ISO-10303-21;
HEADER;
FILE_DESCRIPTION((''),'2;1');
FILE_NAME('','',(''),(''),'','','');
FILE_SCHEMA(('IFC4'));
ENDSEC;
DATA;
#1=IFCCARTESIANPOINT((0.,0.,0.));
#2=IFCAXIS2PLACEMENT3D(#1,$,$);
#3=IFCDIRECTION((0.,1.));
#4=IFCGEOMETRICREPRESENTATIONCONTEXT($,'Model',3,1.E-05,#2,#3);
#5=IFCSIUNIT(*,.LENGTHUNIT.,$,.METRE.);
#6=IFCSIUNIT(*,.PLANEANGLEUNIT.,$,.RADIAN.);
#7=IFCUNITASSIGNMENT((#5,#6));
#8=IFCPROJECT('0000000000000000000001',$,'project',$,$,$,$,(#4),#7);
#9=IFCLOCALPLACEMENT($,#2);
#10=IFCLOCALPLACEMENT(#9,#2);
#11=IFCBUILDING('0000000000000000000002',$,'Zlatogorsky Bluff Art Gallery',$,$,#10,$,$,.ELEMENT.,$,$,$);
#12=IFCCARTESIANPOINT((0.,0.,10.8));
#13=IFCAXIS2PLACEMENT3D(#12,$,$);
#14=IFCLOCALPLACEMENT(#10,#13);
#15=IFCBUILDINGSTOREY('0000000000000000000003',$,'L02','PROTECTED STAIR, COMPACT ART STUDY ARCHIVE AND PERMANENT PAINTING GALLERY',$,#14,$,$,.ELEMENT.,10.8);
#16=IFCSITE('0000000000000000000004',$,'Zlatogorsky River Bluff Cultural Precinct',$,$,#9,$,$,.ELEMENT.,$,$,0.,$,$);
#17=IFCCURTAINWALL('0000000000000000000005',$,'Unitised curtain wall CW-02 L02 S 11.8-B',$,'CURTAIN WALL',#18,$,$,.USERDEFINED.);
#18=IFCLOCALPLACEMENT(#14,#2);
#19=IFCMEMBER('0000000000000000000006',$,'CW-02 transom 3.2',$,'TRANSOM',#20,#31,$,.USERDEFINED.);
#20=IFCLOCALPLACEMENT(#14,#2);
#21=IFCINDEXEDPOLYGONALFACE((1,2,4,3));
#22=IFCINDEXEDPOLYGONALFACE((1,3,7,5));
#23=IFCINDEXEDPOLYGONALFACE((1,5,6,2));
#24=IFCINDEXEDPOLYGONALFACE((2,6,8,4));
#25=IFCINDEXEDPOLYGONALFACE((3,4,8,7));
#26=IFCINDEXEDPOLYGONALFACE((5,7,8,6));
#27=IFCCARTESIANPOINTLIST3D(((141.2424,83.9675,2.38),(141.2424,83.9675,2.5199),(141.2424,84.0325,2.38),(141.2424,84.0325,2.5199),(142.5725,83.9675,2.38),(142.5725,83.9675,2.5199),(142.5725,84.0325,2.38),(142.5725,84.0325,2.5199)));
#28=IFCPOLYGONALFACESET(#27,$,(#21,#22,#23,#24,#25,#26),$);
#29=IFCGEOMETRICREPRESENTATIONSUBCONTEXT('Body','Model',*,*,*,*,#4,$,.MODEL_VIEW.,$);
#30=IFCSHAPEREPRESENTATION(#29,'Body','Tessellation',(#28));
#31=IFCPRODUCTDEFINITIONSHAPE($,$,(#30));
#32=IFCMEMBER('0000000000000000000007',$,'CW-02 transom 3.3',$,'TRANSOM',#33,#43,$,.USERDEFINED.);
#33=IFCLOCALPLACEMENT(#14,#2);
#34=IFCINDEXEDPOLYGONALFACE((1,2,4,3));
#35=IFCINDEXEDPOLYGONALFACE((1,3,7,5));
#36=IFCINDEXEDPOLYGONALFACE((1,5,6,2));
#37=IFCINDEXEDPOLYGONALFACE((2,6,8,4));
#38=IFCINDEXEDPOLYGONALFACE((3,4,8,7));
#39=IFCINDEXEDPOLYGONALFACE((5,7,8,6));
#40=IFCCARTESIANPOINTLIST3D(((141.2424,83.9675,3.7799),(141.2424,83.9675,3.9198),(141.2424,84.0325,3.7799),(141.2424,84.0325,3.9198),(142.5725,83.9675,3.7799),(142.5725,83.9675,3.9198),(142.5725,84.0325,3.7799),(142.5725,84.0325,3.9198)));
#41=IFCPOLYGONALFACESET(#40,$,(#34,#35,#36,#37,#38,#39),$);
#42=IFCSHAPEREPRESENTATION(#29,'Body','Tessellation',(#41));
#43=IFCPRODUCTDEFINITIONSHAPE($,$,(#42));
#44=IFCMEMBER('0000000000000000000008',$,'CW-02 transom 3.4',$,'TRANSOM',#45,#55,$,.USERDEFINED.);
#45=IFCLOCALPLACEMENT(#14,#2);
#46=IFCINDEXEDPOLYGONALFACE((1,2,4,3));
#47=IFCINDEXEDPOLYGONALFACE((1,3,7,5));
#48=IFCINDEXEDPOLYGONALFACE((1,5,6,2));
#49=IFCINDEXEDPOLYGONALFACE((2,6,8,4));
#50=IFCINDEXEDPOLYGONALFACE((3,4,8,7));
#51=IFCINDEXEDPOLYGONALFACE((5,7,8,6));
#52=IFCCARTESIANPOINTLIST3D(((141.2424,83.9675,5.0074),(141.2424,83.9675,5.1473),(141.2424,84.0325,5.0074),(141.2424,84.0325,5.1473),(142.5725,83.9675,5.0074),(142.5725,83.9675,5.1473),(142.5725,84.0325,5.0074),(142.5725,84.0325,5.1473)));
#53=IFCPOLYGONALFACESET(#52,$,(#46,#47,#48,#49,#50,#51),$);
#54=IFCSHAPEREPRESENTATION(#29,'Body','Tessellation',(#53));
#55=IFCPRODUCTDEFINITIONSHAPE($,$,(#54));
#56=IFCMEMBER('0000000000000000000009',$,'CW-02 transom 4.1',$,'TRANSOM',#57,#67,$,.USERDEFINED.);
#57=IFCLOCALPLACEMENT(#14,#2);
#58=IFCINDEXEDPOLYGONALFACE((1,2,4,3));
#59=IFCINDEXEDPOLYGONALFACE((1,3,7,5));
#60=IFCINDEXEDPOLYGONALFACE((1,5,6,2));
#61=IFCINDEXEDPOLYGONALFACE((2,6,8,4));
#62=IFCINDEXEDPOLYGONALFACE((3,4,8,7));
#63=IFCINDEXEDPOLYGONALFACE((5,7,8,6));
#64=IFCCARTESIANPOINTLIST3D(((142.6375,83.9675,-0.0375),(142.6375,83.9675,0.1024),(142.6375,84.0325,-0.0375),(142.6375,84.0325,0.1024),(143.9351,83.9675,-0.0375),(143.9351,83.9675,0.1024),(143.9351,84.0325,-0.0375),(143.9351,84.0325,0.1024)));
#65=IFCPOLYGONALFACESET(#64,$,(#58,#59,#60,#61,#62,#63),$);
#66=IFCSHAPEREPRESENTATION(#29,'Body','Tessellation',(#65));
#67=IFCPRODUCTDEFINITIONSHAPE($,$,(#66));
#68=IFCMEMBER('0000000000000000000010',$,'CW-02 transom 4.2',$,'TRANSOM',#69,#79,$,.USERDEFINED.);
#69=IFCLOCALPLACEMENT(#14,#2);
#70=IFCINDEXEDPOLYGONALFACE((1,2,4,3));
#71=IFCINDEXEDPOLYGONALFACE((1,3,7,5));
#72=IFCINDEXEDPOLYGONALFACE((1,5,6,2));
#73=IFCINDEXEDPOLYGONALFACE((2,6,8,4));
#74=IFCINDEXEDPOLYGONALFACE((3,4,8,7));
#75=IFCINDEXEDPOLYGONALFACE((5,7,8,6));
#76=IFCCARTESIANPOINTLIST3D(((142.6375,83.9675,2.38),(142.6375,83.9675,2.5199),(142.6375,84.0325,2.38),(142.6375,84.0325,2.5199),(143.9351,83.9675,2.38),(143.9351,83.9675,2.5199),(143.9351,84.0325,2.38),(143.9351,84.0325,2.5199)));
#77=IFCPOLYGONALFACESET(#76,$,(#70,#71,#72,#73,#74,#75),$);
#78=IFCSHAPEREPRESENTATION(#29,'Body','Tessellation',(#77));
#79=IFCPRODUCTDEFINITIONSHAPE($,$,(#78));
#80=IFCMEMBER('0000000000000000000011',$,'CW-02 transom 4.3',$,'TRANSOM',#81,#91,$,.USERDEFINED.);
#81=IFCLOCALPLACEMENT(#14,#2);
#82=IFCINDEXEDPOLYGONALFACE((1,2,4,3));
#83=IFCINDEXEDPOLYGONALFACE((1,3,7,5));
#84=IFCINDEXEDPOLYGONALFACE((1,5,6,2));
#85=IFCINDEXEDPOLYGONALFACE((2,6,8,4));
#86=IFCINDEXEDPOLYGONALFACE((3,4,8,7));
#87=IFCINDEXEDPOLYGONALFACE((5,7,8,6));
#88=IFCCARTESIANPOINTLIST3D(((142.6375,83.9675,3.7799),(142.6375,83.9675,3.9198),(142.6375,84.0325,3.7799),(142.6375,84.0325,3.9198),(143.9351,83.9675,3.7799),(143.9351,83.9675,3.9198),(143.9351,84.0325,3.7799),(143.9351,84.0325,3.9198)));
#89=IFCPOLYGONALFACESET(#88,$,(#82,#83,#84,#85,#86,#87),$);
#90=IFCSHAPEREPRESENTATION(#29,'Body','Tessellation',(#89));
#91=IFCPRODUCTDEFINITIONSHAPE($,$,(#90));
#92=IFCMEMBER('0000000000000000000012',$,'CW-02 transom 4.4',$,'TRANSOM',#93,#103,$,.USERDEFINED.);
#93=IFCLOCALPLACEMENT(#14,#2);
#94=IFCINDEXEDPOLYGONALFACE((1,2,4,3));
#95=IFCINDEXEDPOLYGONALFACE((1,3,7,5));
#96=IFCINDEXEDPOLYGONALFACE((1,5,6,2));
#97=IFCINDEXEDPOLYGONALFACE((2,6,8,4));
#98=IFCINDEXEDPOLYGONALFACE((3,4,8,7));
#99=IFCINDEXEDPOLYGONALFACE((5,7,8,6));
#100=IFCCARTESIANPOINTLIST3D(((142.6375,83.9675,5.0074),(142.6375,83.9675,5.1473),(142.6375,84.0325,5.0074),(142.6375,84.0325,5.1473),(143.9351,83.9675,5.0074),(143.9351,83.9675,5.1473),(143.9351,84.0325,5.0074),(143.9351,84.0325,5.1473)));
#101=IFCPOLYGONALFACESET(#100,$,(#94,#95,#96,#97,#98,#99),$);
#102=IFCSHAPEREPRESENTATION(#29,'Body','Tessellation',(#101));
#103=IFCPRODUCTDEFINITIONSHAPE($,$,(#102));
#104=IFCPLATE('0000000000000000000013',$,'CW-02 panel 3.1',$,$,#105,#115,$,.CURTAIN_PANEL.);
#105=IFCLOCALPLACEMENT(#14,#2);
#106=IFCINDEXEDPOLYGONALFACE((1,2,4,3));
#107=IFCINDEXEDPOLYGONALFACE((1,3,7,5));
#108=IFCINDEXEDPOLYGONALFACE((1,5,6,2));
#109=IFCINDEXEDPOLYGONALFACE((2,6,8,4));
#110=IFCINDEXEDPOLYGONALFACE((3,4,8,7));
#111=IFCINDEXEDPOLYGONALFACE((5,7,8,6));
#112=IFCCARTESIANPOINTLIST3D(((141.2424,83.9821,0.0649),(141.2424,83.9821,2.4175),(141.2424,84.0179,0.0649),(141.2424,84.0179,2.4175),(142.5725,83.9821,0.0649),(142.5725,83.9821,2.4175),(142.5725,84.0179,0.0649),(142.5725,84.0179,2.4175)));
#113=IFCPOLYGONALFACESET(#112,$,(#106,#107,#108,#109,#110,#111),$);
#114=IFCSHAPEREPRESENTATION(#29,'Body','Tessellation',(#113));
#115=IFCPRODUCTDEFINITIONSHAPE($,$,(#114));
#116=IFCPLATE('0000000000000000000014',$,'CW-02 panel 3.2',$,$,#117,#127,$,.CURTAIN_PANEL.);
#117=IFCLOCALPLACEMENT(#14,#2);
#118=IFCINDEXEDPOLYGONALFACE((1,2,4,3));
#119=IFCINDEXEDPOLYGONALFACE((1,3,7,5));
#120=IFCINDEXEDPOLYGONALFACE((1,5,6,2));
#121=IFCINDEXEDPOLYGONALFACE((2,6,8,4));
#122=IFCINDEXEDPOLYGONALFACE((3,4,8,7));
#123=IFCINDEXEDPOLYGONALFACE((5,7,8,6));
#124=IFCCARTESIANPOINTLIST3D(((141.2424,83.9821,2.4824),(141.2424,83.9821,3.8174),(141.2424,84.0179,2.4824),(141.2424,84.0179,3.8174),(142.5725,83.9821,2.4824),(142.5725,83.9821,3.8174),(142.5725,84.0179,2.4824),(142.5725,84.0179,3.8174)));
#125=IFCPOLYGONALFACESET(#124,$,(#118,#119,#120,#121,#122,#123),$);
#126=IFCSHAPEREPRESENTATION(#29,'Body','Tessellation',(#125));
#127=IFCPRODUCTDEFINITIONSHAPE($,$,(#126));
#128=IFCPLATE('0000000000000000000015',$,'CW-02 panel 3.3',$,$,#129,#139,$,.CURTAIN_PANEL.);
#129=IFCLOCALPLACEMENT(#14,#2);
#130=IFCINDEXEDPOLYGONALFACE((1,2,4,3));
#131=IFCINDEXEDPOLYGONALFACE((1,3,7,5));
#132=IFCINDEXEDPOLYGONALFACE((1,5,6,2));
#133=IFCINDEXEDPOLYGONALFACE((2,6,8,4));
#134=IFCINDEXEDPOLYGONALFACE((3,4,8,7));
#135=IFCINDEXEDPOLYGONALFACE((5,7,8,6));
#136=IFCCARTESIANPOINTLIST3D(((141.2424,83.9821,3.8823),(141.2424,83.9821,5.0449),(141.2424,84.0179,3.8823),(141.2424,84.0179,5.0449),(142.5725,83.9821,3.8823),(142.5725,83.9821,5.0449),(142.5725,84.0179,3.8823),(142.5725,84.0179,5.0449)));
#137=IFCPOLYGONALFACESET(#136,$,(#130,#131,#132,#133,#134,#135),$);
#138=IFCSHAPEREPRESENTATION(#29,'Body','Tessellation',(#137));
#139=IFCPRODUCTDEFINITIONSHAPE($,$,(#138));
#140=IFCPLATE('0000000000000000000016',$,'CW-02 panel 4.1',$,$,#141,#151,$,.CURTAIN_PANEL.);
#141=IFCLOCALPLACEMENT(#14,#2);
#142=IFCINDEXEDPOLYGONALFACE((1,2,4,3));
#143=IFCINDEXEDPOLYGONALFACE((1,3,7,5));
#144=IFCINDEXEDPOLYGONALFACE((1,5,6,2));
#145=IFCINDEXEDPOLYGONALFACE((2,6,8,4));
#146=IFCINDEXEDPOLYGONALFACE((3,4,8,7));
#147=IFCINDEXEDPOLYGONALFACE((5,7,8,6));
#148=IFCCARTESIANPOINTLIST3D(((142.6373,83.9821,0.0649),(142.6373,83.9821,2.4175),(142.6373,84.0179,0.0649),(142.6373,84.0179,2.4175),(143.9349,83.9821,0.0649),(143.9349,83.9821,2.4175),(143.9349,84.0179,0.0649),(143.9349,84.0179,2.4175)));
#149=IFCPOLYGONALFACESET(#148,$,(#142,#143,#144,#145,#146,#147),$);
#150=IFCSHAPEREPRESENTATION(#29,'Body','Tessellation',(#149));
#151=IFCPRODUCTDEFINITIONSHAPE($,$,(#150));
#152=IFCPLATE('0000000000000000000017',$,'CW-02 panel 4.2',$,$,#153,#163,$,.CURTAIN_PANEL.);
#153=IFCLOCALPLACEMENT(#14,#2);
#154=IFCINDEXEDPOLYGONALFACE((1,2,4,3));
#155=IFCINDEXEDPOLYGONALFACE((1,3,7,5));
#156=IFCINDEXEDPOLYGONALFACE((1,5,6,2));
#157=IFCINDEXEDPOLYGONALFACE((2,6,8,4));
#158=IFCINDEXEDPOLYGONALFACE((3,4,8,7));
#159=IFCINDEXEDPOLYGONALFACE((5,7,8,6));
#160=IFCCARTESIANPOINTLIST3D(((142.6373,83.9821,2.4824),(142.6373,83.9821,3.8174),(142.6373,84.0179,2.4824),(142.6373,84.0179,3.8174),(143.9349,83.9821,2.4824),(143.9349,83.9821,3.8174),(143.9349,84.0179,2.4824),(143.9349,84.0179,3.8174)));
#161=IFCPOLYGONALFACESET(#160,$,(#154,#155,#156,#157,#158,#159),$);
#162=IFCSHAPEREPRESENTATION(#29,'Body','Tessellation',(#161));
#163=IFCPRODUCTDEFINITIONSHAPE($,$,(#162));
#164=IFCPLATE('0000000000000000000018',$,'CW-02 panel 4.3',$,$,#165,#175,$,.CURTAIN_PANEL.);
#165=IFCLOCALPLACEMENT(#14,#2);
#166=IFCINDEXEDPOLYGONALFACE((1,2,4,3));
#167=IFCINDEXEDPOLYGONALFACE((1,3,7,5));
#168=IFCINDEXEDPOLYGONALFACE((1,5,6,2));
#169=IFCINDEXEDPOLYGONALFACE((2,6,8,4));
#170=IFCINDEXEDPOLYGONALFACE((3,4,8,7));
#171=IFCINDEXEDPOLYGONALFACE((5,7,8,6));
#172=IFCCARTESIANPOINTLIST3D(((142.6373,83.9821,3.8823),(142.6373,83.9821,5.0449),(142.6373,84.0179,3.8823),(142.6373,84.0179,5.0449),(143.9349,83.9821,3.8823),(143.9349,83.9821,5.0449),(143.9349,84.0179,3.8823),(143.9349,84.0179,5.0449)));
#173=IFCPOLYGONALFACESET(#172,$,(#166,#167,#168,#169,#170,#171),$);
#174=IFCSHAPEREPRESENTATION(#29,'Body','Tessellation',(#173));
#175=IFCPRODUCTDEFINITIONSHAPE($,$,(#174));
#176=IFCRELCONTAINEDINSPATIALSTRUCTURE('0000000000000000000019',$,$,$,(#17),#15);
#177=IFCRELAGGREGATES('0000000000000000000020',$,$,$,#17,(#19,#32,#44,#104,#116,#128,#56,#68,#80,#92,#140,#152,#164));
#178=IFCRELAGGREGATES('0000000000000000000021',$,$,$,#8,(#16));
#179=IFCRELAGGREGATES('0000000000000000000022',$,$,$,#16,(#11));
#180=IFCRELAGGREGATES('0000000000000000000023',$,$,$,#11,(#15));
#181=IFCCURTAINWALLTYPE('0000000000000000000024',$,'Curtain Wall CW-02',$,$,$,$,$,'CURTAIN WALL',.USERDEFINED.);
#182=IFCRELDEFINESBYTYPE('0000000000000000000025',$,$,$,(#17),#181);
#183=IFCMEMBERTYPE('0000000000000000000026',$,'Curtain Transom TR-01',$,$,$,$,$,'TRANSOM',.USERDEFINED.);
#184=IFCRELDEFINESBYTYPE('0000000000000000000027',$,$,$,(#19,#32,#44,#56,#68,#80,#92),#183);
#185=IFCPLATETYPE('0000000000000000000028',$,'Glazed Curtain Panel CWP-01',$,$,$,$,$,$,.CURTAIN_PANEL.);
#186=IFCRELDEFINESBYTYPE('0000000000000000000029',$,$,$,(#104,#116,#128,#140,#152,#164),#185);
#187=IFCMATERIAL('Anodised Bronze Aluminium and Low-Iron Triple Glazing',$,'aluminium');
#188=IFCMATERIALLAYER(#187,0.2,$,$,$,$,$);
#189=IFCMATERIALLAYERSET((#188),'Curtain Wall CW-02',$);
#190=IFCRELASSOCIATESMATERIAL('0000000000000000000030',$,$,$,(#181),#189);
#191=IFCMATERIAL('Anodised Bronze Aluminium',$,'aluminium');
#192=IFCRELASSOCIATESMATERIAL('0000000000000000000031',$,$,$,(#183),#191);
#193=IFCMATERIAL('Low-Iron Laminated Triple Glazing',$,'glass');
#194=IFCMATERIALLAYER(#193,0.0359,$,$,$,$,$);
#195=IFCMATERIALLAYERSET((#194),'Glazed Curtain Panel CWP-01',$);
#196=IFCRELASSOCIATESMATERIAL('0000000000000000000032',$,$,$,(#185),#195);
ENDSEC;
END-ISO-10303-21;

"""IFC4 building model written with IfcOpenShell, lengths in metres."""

from ifc_helpers import new_model, si_unit, direction, frame, origin, origin_2d, place, context, subcontext, project, spatial, rectangle, extrude, material, layer, layer_set, material_profile, profile_set, type_object, element, aggregate, save


model = new_model("IFC4")

# Units and contexts
model_context = context("Model", 3, precision=1e-05, world=origin(), true_north=direction((0.0, 1.0)))
body_context = subcontext(model_context, "Body", "Model", "MODEL_VIEW")
ifc_project = project(units=[si_unit("LENGTHUNIT", "METRE"), si_unit("PLANEANGLEUNIT", "RADIAN")], contexts=[model_context])

# Site, building, storey
site_placement = place(None, origin())
site = spatial("IfcSite", under=ifc_project, at=site_placement, Name="Zlatogorsky River Bluff Cultural Precinct", CompositionType="ELEMENT", RefElevation=0.0)
building_placement = place(site_placement, origin())
building = spatial("IfcBuilding", under=site, at=building_placement, Name="Zlatogorsky Bluff Art Gallery", CompositionType="ELEMENT")
storey_placement = place(building_placement, frame((0.0, 0.0, 10.8)))
storey = spatial("IfcBuildingStorey", under=building, at=storey_placement, Name="L02", Description="PROTECTED STAIR, COMPACT ART STUDY ARCHIVE AND PERMANENT PAINTING GALLERY", CompositionType="ELEMENT", Elevation=10.8)

# Curtain wall, members, plates
ifc_material_1 = material(Name="Anodised Bronze Aluminium and Low-Iron Triple Glazing", Category="aluminium")
ifc_layer_1 = layer(ifc_material_1, 0.2)
ifc_layer_set_1 = layer_set([ifc_layer_1], Name="Curtain Wall CW-02")
curtain_wall_type = type_object("IfcCurtainWallType", Name="Curtain Wall CW-02", ElementType="CURTAIN WALL", PredefinedType="USERDEFINED", material=ifc_layer_set_1)
curtain_wall_placement = place(storey_placement, origin())
curtain_wall = element("IfcCurtainWall", 1, at=curtain_wall_placement, inside=storey, type_object=curtain_wall_type, Name="Unitised curtain wall CW-02 L02 S 11.8-B", ObjectType="CURTAIN WALL", PredefinedType="USERDEFINED")
ifc_material_2 = material(Name="Anodised Bronze Aluminium", Category="aluminium")
ifc_material_profile_1 = material_profile(ifc_material_2, rectangle(XDim=0.0649, YDim=0.1399, at=origin_2d()), Name="ALU TRANSOM 65x140")
ifc_profile_set_1 = profile_set([ifc_material_profile_1], Name="Anodised Bronze Aluminium")
member_type_1 = type_object("IfcMemberType", Name="Curtain Transom TR-01", ElementType="TRANSOM", PredefinedType="USERDEFINED", material=ifc_profile_set_1)
member_1_placement = place(storey_placement, frame((141.2424, 84.0, 2.45), z_axis=(1.0, 0.0, 0.0), x_axis=(0.0, 1.0, 0.0)))
member_1 = element("IfcMember", 2, at=member_1_placement, type_object=member_type_1, Name="CW-02 transom 3.2", ObjectType="TRANSOM", PredefinedType="USERDEFINED", context=body_context, shape_type="SweptSolid", body=[
    extrude(rectangle(XDim=0.0649, YDim=0.1399, at=origin_2d()), origin(), (0.0, 0.0, 1.0), 1.3301),
])
member_2_placement = place(storey_placement, frame((141.2424, 84.0, 3.8499), z_axis=(1.0, 0.0, 0.0), x_axis=(0.0, 1.0, 0.0)))
member_2 = element("IfcMember", 3, at=member_2_placement, type_object=member_type_1, Name="CW-02 transom 3.3", ObjectType="TRANSOM", PredefinedType="USERDEFINED", context=body_context, shape_type="SweptSolid", body=[
    extrude(rectangle(XDim=0.0649, YDim=0.1399, at=origin_2d()), origin(), (0.0, 0.0, 1.0), 1.3301),
])
member_3_placement = place(storey_placement, frame((141.2424, 84.0, 5.0774), z_axis=(1.0, 0.0, 0.0), x_axis=(0.0, 1.0, 0.0)))
member_3 = element("IfcMember", 4, at=member_3_placement, type_object=member_type_1, Name="CW-02 transom 3.4", ObjectType="TRANSOM", PredefinedType="USERDEFINED", context=body_context, shape_type="SweptSolid", body=[
    extrude(rectangle(XDim=0.0649, YDim=0.1399, at=origin_2d()), origin(), (0.0, 0.0, 1.0), 1.3301),
])
member_4_placement = place(storey_placement, frame((142.6375, 84.0, 0.0325), z_axis=(1.0, 0.0, 0.0), x_axis=(0.0, 1.0, 0.0)))
member_4 = element("IfcMember", 5, at=member_4_placement, type_object=member_type_1, Name="CW-02 transom 4.1", ObjectType="TRANSOM", PredefinedType="USERDEFINED", context=body_context, shape_type="SweptSolid", body=[
    extrude(rectangle(XDim=0.0649, YDim=0.1399, at=origin_2d()), origin(), (0.0, 0.0, 1.0), 1.2976),
])
member_5_placement = place(storey_placement, frame((142.6375, 84.0, 2.45), z_axis=(1.0, 0.0, 0.0), x_axis=(0.0, 1.0, 0.0)))
member_5 = element("IfcMember", 6, at=member_5_placement, type_object=member_type_1, Name="CW-02 transom 4.2", ObjectType="TRANSOM", PredefinedType="USERDEFINED", context=body_context, shape_type="SweptSolid", body=[
    extrude(rectangle(XDim=0.0649, YDim=0.1399, at=origin_2d()), origin(), (0.0, 0.0, 1.0), 1.2976),
])
member_6_placement = place(storey_placement, frame((142.6375, 84.0, 3.8499), z_axis=(1.0, 0.0, 0.0), x_axis=(0.0, 1.0, 0.0)))
member_6 = element("IfcMember", 7, at=member_6_placement, type_object=member_type_1, Name="CW-02 transom 4.3", ObjectType="TRANSOM", PredefinedType="USERDEFINED", context=body_context, shape_type="SweptSolid", body=[
    extrude(rectangle(XDim=0.0649, YDim=0.1399, at=origin_2d()), origin(), (0.0, 0.0, 1.0), 1.2976),
])
member_7_placement = place(storey_placement, frame((142.6375, 84.0, 5.0774), z_axis=(1.0, 0.0, 0.0), x_axis=(0.0, 1.0, 0.0)))
member_7 = element("IfcMember", 8, at=member_7_placement, type_object=member_type_1, Name="CW-02 transom 4.4", ObjectType="TRANSOM", PredefinedType="USERDEFINED", context=body_context, shape_type="SweptSolid", body=[
    extrude(rectangle(XDim=0.0649, YDim=0.1399, at=origin_2d()), origin(), (0.0, 0.0, 1.0), 1.2976),
])
ifc_material_3 = material(Name="Low-Iron Laminated Triple Glazing", Category="glass")
ifc_layer_2 = layer(ifc_material_3, 0.0359)
ifc_layer_set_2 = layer_set([ifc_layer_2], Name="Glazed Curtain Panel CWP-01")
plate_type = type_object("IfcPlateType", Name="Glazed Curtain Panel CWP-01", PredefinedType="CURTAIN_PANEL", material=ifc_layer_set_2)
plate_1_placement = place(storey_placement, frame((141.9075, 84.0, 0.0649), z_axis=(0.0, 0.0, 1.0), x_axis=(1.0, 0.0, 0.0)))
plate_1 = element("IfcPlate", 9, at=plate_1_placement, type_object=plate_type, Name="CW-02 panel 3.1", PredefinedType="CURTAIN_PANEL", context=body_context, shape_type="SweptSolid", body=[
    extrude(rectangle(XDim=1.3301, YDim=0.0359, at=origin_2d()), origin(), (0.0, 0.0, 1.0), 2.3525),
])
plate_2_placement = place(storey_placement, frame((141.9075, 84.0, 2.4824), z_axis=(0.0, 0.0, 1.0), x_axis=(1.0, 0.0, 0.0)))
plate_2 = element("IfcPlate", 10, at=plate_2_placement, type_object=plate_type, Name="CW-02 panel 3.2", PredefinedType="CURTAIN_PANEL", context=body_context, shape_type="SweptSolid", body=[
    extrude(rectangle(XDim=1.3301, YDim=0.0359, at=origin_2d()), origin(), (0.0, 0.0, 1.0), 1.335),
])
plate_3_placement = place(storey_placement, frame((141.9075, 84.0, 3.8823), z_axis=(0.0, 0.0, 1.0), x_axis=(1.0, 0.0, 0.0)))
plate_3 = element("IfcPlate", 11, at=plate_3_placement, type_object=plate_type, Name="CW-02 panel 3.3", PredefinedType="CURTAIN_PANEL", context=body_context, shape_type="SweptSolid", body=[
    extrude(rectangle(XDim=1.3301, YDim=0.0359, at=origin_2d()), origin(), (0.0, 0.0, 1.0), 1.1626),
])
plate_4_placement = place(storey_placement, frame((143.2861, 84.0, 0.0649), z_axis=(0.0, 0.0, 1.0), x_axis=(1.0, 0.0, 0.0)))
plate_4 = element("IfcPlate", 12, at=plate_4_placement, type_object=plate_type, Name="CW-02 panel 4.1", PredefinedType="CURTAIN_PANEL", context=body_context, shape_type="SweptSolid", body=[
    extrude(rectangle(XDim=1.2976, YDim=0.0359, at=origin_2d()), origin(), (0.0, 0.0, 1.0), 2.3525),
])
plate_5_placement = place(storey_placement, frame((143.2861, 84.0, 2.4824), z_axis=(0.0, 0.0, 1.0), x_axis=(1.0, 0.0, 0.0)))
plate_5 = element("IfcPlate", 13, at=plate_5_placement, type_object=plate_type, Name="CW-02 panel 4.2", PredefinedType="CURTAIN_PANEL", context=body_context, shape_type="SweptSolid", body=[
    extrude(rectangle(XDim=1.2976, YDim=0.0359, at=origin_2d()), origin(), (0.0, 0.0, 1.0), 1.335),
])
plate_6_placement = place(storey_placement, frame((143.2861, 84.0, 3.8823), z_axis=(0.0, 0.0, 1.0), x_axis=(1.0, 0.0, 0.0)))
plate_6 = element("IfcPlate", 14, at=plate_6_placement, type_object=plate_type, Name="CW-02 panel 4.3", PredefinedType="CURTAIN_PANEL", context=body_context, shape_type="SweptSolid", body=[
    extrude(rectangle(XDim=1.2976, YDim=0.0359, at=origin_2d()), origin(), (0.0, 0.0, 1.0), 1.1626),
])
aggregate(curtain_wall, [member_1, member_2, member_3, plate_1, plate_2, plate_3, member_4, member_5, member_6, member_7, plate_4, plate_5, plate_6])

save(model, "model.ifc")
